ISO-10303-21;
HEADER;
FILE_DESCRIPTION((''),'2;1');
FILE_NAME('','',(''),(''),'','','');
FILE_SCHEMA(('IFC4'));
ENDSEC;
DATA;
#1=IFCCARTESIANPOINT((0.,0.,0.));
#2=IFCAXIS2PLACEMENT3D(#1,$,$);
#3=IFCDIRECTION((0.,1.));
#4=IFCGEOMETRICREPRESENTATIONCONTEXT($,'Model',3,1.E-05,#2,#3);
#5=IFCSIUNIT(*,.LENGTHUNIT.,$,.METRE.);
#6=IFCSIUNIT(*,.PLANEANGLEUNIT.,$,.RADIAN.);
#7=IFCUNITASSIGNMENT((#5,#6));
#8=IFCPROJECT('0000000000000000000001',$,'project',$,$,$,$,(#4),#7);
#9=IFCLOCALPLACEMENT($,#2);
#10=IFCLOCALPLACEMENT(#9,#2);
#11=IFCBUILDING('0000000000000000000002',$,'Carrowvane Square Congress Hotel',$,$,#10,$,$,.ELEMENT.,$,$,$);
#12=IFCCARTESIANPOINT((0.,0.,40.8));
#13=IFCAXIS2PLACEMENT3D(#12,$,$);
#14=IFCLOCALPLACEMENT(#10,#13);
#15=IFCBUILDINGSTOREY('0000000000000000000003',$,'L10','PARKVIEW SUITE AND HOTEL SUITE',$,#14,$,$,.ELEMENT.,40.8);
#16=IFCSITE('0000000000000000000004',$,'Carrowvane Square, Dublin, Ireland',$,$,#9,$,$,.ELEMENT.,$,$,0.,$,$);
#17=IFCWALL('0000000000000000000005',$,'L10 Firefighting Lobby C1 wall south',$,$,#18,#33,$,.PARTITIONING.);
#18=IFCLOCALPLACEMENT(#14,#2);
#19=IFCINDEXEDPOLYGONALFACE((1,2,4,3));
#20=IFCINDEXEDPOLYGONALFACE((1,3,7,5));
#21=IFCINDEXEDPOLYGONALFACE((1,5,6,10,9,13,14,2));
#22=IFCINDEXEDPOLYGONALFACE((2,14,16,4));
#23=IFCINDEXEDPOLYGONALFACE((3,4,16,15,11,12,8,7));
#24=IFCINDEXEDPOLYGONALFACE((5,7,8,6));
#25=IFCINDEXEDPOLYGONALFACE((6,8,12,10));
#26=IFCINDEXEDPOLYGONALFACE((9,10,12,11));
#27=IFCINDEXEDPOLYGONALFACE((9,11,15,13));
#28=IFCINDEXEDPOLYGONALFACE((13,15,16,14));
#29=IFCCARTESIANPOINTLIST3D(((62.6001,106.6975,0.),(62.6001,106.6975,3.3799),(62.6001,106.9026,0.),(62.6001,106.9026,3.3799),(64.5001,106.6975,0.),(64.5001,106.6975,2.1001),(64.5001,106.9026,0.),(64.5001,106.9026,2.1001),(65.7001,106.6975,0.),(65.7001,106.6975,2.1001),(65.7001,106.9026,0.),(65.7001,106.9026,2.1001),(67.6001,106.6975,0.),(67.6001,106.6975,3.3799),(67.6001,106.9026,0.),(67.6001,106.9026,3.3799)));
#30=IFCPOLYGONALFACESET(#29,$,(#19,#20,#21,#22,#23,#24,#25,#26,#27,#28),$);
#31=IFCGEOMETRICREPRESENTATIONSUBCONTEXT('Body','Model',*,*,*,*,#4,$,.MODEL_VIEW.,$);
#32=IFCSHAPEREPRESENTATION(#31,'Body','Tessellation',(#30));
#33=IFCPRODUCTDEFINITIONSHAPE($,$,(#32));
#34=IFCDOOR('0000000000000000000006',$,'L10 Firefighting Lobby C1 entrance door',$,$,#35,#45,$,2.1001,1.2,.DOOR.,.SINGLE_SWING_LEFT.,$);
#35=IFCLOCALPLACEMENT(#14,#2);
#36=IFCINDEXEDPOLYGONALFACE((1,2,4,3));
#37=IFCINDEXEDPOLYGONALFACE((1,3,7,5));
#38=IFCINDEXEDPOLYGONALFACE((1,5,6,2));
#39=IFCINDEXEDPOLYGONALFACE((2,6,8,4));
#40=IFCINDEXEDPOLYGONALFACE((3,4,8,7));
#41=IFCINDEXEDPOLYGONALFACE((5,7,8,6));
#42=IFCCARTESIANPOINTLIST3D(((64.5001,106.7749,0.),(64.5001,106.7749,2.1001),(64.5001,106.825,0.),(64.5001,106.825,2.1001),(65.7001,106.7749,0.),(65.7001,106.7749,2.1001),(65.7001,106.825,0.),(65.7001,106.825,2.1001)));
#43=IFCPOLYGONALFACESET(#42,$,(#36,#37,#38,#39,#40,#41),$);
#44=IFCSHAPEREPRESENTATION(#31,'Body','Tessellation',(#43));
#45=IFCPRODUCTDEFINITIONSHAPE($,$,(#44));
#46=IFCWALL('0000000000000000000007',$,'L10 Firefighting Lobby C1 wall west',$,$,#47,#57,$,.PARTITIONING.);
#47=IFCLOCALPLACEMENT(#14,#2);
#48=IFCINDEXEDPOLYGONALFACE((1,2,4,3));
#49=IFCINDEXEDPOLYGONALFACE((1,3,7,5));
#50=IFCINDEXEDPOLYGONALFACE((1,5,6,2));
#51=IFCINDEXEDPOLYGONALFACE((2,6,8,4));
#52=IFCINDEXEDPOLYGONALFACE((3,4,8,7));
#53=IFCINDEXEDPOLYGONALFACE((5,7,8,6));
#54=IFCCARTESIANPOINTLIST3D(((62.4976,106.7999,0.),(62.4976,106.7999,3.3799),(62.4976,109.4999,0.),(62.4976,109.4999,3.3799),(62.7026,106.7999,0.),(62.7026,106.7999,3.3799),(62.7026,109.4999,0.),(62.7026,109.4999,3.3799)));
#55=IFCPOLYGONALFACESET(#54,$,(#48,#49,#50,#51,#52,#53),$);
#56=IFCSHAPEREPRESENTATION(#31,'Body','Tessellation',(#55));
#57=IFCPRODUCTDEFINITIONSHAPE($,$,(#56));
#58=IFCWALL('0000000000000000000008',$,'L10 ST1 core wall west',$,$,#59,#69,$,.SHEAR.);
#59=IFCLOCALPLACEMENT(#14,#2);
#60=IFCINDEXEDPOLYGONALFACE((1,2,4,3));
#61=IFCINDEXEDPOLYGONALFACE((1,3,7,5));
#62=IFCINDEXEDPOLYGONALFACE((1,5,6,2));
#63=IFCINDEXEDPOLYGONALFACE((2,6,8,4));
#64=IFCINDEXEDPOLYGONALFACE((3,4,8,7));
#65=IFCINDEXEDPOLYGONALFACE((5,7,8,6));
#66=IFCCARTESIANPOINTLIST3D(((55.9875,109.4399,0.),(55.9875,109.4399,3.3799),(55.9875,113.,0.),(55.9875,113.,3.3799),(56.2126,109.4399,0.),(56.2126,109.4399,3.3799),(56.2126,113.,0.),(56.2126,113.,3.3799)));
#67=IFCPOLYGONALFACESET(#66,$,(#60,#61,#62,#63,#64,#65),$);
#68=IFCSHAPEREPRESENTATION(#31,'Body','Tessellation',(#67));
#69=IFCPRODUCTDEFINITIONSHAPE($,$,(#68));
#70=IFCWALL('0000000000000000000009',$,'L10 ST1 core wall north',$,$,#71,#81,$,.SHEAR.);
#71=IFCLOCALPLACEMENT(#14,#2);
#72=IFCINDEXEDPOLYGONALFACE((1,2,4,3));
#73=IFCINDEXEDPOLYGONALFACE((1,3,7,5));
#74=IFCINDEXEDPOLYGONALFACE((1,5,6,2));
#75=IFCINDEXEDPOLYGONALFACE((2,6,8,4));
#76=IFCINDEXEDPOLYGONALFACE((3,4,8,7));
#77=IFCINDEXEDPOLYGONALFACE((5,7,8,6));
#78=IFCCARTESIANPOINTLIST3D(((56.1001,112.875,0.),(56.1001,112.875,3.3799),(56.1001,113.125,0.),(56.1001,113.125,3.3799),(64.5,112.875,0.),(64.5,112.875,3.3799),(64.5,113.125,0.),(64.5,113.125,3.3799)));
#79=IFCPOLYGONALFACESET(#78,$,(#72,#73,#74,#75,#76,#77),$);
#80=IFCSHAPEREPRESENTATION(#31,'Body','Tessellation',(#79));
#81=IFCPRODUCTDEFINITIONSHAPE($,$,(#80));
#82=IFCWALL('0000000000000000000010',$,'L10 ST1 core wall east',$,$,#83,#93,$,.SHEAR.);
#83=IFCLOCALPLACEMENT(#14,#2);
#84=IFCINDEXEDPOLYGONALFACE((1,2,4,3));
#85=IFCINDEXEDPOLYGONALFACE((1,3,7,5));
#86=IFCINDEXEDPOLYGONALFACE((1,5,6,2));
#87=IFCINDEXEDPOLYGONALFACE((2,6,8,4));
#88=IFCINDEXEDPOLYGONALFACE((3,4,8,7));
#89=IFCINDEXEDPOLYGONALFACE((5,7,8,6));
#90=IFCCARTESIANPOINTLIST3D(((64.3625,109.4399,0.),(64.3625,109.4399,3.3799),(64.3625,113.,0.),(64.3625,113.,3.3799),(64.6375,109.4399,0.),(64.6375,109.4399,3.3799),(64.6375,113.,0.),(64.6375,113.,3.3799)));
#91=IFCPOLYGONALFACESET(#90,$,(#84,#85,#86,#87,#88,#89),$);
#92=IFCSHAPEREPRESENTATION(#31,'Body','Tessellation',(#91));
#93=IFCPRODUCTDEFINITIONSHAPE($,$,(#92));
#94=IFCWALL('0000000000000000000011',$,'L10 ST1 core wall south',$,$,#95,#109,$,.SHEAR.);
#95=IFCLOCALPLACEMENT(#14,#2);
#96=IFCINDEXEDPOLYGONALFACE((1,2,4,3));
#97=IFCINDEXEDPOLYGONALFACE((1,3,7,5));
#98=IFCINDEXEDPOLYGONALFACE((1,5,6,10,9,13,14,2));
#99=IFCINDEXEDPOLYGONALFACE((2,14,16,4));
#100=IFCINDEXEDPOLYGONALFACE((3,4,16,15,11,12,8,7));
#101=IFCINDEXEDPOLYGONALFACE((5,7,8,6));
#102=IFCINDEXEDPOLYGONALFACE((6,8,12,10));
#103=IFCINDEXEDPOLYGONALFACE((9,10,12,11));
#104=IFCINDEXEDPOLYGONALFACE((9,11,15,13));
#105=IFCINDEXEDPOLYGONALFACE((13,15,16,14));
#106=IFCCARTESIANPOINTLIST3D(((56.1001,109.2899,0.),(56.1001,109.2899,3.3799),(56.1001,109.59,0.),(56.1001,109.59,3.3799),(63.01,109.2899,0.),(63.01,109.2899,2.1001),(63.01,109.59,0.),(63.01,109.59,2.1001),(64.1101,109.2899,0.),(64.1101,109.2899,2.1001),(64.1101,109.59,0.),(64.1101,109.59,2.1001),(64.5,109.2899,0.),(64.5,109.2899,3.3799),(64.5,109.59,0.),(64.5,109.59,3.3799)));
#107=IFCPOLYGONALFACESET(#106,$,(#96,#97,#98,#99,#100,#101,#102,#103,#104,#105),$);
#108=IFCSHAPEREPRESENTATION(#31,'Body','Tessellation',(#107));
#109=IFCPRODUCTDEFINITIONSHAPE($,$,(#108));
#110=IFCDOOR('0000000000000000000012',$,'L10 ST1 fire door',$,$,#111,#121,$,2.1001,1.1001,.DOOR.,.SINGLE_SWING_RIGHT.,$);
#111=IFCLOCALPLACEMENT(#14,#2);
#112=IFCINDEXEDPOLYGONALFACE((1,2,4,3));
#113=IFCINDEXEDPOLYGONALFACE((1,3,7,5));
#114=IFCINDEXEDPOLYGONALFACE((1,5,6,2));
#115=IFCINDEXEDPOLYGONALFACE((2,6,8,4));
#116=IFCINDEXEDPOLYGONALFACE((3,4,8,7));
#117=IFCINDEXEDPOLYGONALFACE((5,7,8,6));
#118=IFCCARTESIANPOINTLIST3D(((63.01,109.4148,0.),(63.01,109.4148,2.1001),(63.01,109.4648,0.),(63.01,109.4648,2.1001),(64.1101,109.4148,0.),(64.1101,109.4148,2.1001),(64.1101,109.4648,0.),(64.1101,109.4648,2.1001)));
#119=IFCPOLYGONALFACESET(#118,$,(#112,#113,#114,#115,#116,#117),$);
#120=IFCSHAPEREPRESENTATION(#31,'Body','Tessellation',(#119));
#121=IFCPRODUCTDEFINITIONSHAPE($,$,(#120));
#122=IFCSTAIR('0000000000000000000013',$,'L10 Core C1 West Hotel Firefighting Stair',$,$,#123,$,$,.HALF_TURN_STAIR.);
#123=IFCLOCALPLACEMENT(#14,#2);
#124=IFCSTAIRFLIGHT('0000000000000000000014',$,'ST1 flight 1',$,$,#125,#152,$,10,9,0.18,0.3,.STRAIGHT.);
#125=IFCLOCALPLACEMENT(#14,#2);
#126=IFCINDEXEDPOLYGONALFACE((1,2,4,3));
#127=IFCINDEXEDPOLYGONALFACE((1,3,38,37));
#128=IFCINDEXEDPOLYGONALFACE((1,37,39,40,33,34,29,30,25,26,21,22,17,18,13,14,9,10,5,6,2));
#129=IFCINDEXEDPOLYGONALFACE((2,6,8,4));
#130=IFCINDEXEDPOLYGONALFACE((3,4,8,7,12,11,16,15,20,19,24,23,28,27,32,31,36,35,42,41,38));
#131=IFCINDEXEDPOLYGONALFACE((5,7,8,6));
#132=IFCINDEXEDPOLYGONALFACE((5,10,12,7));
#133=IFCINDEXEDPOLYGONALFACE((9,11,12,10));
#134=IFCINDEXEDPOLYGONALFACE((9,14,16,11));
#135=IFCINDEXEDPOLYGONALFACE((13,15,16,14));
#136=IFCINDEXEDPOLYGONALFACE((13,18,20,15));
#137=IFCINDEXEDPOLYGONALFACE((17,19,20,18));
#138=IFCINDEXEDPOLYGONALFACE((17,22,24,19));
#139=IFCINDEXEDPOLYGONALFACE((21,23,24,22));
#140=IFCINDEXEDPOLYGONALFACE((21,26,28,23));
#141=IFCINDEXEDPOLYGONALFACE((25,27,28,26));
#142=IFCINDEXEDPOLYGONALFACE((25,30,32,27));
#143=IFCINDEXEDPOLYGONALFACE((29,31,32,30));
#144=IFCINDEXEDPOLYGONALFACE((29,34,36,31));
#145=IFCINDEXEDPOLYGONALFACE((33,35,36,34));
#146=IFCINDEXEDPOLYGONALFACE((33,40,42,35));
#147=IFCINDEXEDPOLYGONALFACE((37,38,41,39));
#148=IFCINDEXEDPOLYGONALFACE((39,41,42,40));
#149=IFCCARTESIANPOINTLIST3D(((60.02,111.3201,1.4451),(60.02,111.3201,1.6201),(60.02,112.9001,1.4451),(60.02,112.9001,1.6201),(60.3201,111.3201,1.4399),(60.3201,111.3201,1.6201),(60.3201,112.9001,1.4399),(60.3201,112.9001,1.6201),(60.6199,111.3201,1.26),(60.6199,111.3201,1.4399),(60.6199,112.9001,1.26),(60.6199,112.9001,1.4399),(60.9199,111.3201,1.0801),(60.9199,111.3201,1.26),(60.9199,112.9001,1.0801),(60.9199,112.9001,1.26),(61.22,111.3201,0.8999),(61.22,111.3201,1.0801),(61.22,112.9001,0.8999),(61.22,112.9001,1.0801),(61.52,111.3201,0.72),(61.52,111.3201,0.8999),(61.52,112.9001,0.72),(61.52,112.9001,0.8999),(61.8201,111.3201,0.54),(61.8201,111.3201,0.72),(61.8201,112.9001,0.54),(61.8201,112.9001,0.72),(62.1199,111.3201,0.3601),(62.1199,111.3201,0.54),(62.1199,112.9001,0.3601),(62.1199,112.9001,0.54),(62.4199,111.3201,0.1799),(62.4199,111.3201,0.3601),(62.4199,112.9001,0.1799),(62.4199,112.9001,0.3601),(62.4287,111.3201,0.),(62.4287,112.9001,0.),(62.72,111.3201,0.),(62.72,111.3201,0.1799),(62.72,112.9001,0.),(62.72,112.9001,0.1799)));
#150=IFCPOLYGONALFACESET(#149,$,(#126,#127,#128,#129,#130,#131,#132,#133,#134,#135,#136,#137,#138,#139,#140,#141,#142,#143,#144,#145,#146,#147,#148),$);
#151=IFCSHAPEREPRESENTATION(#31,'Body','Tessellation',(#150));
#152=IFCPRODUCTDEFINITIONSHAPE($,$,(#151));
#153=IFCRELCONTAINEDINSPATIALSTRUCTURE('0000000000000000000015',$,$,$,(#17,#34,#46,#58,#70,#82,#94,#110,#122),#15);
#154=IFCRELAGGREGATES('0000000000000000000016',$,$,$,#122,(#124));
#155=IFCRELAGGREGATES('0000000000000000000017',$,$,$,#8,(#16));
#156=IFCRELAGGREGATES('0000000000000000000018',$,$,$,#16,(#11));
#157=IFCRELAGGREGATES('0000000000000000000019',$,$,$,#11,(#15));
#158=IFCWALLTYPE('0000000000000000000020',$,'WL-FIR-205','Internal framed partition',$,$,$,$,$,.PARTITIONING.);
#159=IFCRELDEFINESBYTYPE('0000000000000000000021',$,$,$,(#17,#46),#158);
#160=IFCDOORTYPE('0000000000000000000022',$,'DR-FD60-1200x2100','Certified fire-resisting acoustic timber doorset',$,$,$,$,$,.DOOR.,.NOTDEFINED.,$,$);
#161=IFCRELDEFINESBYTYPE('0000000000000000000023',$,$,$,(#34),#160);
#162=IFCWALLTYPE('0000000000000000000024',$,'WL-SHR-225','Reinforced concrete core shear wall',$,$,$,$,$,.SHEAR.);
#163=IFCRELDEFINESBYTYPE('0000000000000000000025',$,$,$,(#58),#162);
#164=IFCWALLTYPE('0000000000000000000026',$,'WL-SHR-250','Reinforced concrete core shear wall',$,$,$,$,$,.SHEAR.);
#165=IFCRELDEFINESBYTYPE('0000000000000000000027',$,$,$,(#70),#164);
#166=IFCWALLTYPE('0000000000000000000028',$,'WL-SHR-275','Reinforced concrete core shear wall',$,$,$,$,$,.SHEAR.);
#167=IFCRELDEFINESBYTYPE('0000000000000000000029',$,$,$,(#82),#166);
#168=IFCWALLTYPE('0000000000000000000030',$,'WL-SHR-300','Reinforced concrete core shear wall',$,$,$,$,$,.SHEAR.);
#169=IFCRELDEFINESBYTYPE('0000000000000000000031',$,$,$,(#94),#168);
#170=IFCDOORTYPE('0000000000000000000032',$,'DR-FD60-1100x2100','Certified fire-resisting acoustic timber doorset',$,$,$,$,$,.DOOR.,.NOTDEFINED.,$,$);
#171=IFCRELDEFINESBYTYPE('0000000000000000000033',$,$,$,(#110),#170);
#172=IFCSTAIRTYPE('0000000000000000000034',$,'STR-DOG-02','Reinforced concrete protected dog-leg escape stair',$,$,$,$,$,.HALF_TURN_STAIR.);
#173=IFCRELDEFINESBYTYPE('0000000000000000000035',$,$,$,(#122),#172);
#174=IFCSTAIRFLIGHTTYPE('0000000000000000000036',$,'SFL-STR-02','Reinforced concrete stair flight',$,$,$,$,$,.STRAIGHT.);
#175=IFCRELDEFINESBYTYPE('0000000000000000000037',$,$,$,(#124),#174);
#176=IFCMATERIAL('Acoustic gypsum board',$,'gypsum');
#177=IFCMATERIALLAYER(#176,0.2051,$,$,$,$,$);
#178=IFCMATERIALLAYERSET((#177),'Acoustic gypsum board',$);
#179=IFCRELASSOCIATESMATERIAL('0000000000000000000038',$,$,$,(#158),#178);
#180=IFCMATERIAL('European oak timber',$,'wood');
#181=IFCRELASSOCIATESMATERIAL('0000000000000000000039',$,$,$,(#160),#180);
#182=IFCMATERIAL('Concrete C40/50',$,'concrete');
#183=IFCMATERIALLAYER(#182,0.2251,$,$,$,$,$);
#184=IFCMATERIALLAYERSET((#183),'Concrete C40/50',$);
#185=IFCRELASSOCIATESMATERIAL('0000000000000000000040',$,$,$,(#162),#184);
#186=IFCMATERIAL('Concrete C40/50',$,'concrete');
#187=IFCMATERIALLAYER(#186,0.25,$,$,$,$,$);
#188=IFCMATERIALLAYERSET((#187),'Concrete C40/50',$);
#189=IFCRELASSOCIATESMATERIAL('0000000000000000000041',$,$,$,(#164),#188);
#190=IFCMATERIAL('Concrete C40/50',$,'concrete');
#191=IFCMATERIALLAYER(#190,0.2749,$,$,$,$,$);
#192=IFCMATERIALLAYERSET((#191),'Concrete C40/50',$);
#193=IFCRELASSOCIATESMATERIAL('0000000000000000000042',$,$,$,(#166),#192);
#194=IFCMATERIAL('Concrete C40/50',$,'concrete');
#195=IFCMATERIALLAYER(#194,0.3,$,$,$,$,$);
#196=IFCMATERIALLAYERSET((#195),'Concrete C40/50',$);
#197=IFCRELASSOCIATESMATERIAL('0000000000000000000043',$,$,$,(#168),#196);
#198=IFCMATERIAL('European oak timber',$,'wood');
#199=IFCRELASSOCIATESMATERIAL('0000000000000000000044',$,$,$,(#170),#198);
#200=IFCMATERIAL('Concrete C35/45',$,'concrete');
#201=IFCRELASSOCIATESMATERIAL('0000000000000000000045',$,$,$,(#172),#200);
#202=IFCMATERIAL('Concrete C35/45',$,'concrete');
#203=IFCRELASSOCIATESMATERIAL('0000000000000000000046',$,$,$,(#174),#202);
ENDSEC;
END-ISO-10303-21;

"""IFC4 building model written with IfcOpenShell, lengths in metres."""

from ifc_helpers import new_model, si_unit, direction, frame, frame_2d, origin, place, context, subcontext, project, spatial, polyline, rectangle, outline, extrude, material, layer, layer_set, type_object, element, fill, aggregate, save


model = new_model("IFC4")

# Units and contexts
model_context = context("Model", 3, precision=1e-05, world=origin(), true_north=direction((0.0, 1.0)))
body_context = subcontext(model_context, "Body", "Model", "MODEL_VIEW")
ifc_project = project(units=[si_unit("LENGTHUNIT", "METRE"), si_unit("PLANEANGLEUNIT", "RADIAN")], contexts=[model_context])

# Site, building, storey
site_placement = place(None, origin())
site = spatial("IfcSite", under=ifc_project, at=site_placement, Name="Carrowvane Square, Dublin, Ireland", CompositionType="ELEMENT", RefElevation=0.0)
building_placement = place(site_placement, origin())
building = spatial("IfcBuilding", under=site, at=building_placement, Name="Carrowvane Square Congress Hotel", CompositionType="ELEMENT")
storey_placement = place(building_placement, frame((0.0, 0.0, 40.8)))
storey = spatial("IfcBuildingStorey", under=building, at=storey_placement, Name="L10", Description="PARKVIEW SUITE AND HOTEL SUITE", CompositionType="ELEMENT", Elevation=40.8)

# Wall, opening, door
ifc_material_1 = material(Name="Acoustic gypsum board", Category="gypsum")
ifc_layer_1 = layer(ifc_material_1, 0.2051)
ifc_layer_set_1 = layer_set([ifc_layer_1], Name="Acoustic gypsum board")
wall_type_1 = type_object("IfcWallType", Name="WL-FIR-205", Description="Internal framed partition", PredefinedType="PARTITIONING", material=ifc_layer_set_1)
wall_1_placement = place(storey_placement, frame((62.6001, 106.8, 0.0), z_axis=(0.0, 0.0, 1.0), x_axis=(1.0, 0.0, 0.0)))
wall_1 = element("IfcWall", 1, at=wall_1_placement, inside=storey, type_object=wall_type_1, Name="L10 Firefighting Lobby C1 wall south", PredefinedType="PARTITIONING", context=body_context, shape_type="SweptSolid", body=[
    extrude(rectangle(XDim=5.0, YDim=0.2051, at=frame_2d((2.5, 0.0))), origin(), (0.0, 0.0, 1.0), 3.3799),
])
opening_1_placement = place(wall_1_placement, frame((1.8999, 0.0, 0.0)))
opening_1 = element("IfcOpeningElement", 2, at=opening_1_placement, cuts=wall_1, PredefinedType="OPENING", context=body_context, shape_type="SweptSolid", body=[
    extrude(rectangle(XDim=1.2, YDim=2.1001, at=frame_2d((0.6001, 1.05))), frame((0.0, 0.1125, 0.0), z_axis=(0.0, -1.0, 0.0), x_axis=(1.0, 0.0, 0.0)), (0.0, 0.0, 1.0), 0.2251),
])
ifc_material_2 = material(Name="European oak timber", Category="wood")
door_type_1 = type_object("IfcDoorType", Name="DR-FD60-1200x2100", Description="Certified fire-resisting acoustic timber doorset", OperationType="NOTDEFINED", PredefinedType="DOOR", material=ifc_material_2)
door_1_placement = place(opening_1_placement, origin())
door_1 = element("IfcDoor", 3, at=door_1_placement, inside=storey, type_object=door_type_1, Name="L10 Firefighting Lobby C1 entrance door", OperationType="SINGLE_SWING_LEFT", OverallHeight=2.1001, OverallWidth=1.2, PredefinedType="DOOR", context=body_context, shape_type="SweptSolid", body=[
    extrude(rectangle(XDim=1.2, YDim=2.1001, at=frame_2d((0.6001, 1.05))), frame((0.0, 0.0249, 0.0), z_axis=(0.0, -1.0, 0.0), x_axis=(1.0, 0.0, 0.0)), (0.0, 0.0, 1.0), 0.05),
])
fill(opening_1, door_1)

# Walls
wall_2_placement = place(storey_placement, frame((62.6001, 109.5, 0.0), z_axis=(0.0, 0.0, 1.0), x_axis=(0.0, -1.0, 0.0)))
element("IfcWall", 4, at=wall_2_placement, inside=storey, type_object=wall_type_1, Name="L10 Firefighting Lobby C1 wall west", PredefinedType="PARTITIONING", context=body_context, shape_type="SweptSolid", body=[
    extrude(rectangle(XDim=2.7, YDim=0.2051, at=frame_2d((1.3501, 0.0))), origin(), (0.0, 0.0, 1.0), 3.3799),
])
ifc_material_3 = material(Name="Concrete C40/50", Category="concrete")
ifc_layer_2 = layer(ifc_material_3, 0.2251)
ifc_layer_set_2 = layer_set([ifc_layer_2], Name="Concrete C40/50")
wall_type_2 = type_object("IfcWallType", Name="WL-SHR-225", Description="Reinforced concrete core shear wall", PredefinedType="SHEAR", material=ifc_layer_set_2)
wall_3_placement = place(storey_placement, frame((56.1001, 113.0, 0.0), z_axis=(0.0, 0.0, 1.0), x_axis=(0.0, -1.0, 0.0)))
element("IfcWall", 5, at=wall_3_placement, inside=storey, type_object=wall_type_2, Name="L10 ST1 core wall west", PredefinedType="SHEAR", context=body_context, shape_type="SweptSolid", body=[
    extrude(rectangle(XDim=3.5601, YDim=0.2251, at=frame_2d((1.78, 0.0))), origin(), (0.0, 0.0, 1.0), 3.3799),
])
ifc_material_4 = material(Name="Concrete C40/50", Category="concrete")
ifc_layer_3 = layer(ifc_material_4, 0.25)
ifc_layer_set_3 = layer_set([ifc_layer_3], Name="Concrete C40/50")
wall_type_3 = type_object("IfcWallType", Name="WL-SHR-250", Description="Reinforced concrete core shear wall", PredefinedType="SHEAR", material=ifc_layer_set_3)
wall_4_placement = place(storey_placement, frame((64.5, 113.0, 0.0), z_axis=(0.0, 0.0, 1.0), x_axis=(-1.0, 0.0, 0.0)))
element("IfcWall", 6, at=wall_4_placement, inside=storey, type_object=wall_type_3, Name="L10 ST1 core wall north", PredefinedType="SHEAR", context=body_context, shape_type="SweptSolid", body=[
    extrude(rectangle(XDim=8.3999, YDim=0.25, at=frame_2d((4.2, 0.0))), origin(), (0.0, 0.0, 1.0), 3.3799),
])
ifc_material_5 = material(Name="Concrete C40/50", Category="concrete")
ifc_layer_4 = layer(ifc_material_5, 0.2749)
ifc_layer_set_4 = layer_set([ifc_layer_4], Name="Concrete C40/50")
wall_type_4 = type_object("IfcWallType", Name="WL-SHR-275", Description="Reinforced concrete core shear wall", PredefinedType="SHEAR", material=ifc_layer_set_4)
wall_5_placement = place(storey_placement, frame((64.5, 109.4399, 0.0), z_axis=(0.0, 0.0, 1.0), x_axis=(0.0, 1.0, 0.0)))
element("IfcWall", 7, at=wall_5_placement, inside=storey, type_object=wall_type_4, Name="L10 ST1 core wall east", PredefinedType="SHEAR", context=body_context, shape_type="SweptSolid", body=[
    extrude(rectangle(XDim=3.5601, YDim=0.2749, at=frame_2d((1.78, 0.0))), origin(), (0.0, 0.0, 1.0), 3.3799),
])

# Wall, opening, door
ifc_material_6 = material(Name="Concrete C40/50", Category="concrete")
ifc_layer_5 = layer(ifc_material_6, 0.3)
ifc_layer_set_5 = layer_set([ifc_layer_5], Name="Concrete C40/50")
wall_type_5 = type_object("IfcWallType", Name="WL-SHR-300", Description="Reinforced concrete core shear wall", PredefinedType="SHEAR", material=ifc_layer_set_5)
wall_6_placement = place(storey_placement, frame((56.1001, 109.4399, 0.0), z_axis=(0.0, 0.0, 1.0), x_axis=(1.0, 0.0, 0.0)))
wall_6 = element("IfcWall", 8, at=wall_6_placement, inside=storey, type_object=wall_type_5, Name="L10 ST1 core wall south", PredefinedType="SHEAR", context=body_context, shape_type="SweptSolid", body=[
    extrude(rectangle(XDim=8.3999, YDim=0.3, at=frame_2d((4.2, 0.0))), origin(), (0.0, 0.0, 1.0), 3.3799),
])
opening_2_placement = place(wall_6_placement, frame((6.9099, 0.0, 0.0)))
opening_2 = element("IfcOpeningElement", 9, at=opening_2_placement, cuts=wall_6, PredefinedType="OPENING", context=body_context, shape_type="SweptSolid", body=[
    extrude(rectangle(XDim=1.1001, YDim=2.1001, at=frame_2d((0.55, 1.05))), frame((0.0, 0.1599, 0.0), z_axis=(0.0, -1.0, 0.0), x_axis=(1.0, 0.0, 0.0)), (0.0, 0.0, 1.0), 0.3201),
])
ifc_material_7 = material(Name="European oak timber", Category="wood")
door_type_2 = type_object("IfcDoorType", Name="DR-FD60-1100x2100", Description="Certified fire-resisting acoustic timber doorset", OperationType="NOTDEFINED", PredefinedType="DOOR", material=ifc_material_7)
door_2_placement = place(opening_2_placement, origin())
door_2 = element("IfcDoor", 10, at=door_2_placement, inside=storey, type_object=door_type_2, Name="L10 ST1 fire door", OperationType="SINGLE_SWING_RIGHT", OverallHeight=2.1001, OverallWidth=1.1001, PredefinedType="DOOR", context=body_context, shape_type="SweptSolid", body=[
    extrude(rectangle(XDim=1.1001, YDim=2.1001, at=frame_2d((0.55, 1.05))), frame((0.0, 0.0249, 0.0), z_axis=(0.0, -1.0, 0.0), x_axis=(1.0, 0.0, 0.0)), (0.0, 0.0, 1.0), 0.05),
])
fill(opening_2, door_2)

# Stair, stair flight
ifc_material_8 = material(Name="Concrete C35/45", Category="concrete")
stair_type = type_object("IfcStairType", Name="STR-DOG-02", Description="Reinforced concrete protected dog-leg escape stair", PredefinedType="HALF_TURN_STAIR", material=ifc_material_8)
stair_placement = place(storey_placement, origin())
stair = element("IfcStair", 11, at=stair_placement, inside=storey, type_object=stair_type, Name="L10 Core C1 West Hotel Firefighting Stair", PredefinedType="HALF_TURN_STAIR")
ifc_material_9 = material(Name="Concrete C35/45", Category="concrete")
stair_flight_type = type_object("IfcStairFlightType", Name="SFL-STR-02", Description="Reinforced concrete stair flight", PredefinedType="STRAIGHT", material=ifc_material_9)
stair_flight_1_placement = place(storey_placement, frame((62.72, 112.1101, 0.0), z_axis=(0.0, 0.0, 1.0), x_axis=(-1.0, 0.0, 0.0)))
stair_flight_1 = element("IfcStairFlight", 12, at=stair_flight_1_placement, type_object=stair_flight_type, Name="ST1 flight 1", NumberOfRisers=10, NumberOfTreads=9, PredefinedType="STRAIGHT", RiserHeight=0.18, TreadLength=0.3, context=body_context, shape_type="SweptSolid", body=[
    extrude(outline(polyline([(0.0, 0.0), (0.0, 0.1799), (0.3, 0.1799), (0.3, 0.3601), (0.6001, 0.3601), (0.6001, 0.54), (0.8999, 0.54), (0.8999, 0.72), (1.2, 0.72), (1.2, 0.8999), (1.5, 0.8999), (1.5, 1.0801), (1.8, 1.0801), (1.8, 1.26), (2.1001, 1.26), (2.1001, 1.4399), (2.3999, 1.4399), (2.3999, 1.6201), (2.7, 1.6201), (2.7, 1.8), (2.7, 1.4451), (0.2913, 0.0), (0.0, 0.0)])), frame((0.0, 0.79, 0.0), z_axis=(0.0, -1.0, 0.0), x_axis=(1.0, 0.0, 0.0)), (0.0, 0.0, 1.0), 1.5801),
])
aggregate(stair, [stair_flight_1])

save(model, "model.ifc")
